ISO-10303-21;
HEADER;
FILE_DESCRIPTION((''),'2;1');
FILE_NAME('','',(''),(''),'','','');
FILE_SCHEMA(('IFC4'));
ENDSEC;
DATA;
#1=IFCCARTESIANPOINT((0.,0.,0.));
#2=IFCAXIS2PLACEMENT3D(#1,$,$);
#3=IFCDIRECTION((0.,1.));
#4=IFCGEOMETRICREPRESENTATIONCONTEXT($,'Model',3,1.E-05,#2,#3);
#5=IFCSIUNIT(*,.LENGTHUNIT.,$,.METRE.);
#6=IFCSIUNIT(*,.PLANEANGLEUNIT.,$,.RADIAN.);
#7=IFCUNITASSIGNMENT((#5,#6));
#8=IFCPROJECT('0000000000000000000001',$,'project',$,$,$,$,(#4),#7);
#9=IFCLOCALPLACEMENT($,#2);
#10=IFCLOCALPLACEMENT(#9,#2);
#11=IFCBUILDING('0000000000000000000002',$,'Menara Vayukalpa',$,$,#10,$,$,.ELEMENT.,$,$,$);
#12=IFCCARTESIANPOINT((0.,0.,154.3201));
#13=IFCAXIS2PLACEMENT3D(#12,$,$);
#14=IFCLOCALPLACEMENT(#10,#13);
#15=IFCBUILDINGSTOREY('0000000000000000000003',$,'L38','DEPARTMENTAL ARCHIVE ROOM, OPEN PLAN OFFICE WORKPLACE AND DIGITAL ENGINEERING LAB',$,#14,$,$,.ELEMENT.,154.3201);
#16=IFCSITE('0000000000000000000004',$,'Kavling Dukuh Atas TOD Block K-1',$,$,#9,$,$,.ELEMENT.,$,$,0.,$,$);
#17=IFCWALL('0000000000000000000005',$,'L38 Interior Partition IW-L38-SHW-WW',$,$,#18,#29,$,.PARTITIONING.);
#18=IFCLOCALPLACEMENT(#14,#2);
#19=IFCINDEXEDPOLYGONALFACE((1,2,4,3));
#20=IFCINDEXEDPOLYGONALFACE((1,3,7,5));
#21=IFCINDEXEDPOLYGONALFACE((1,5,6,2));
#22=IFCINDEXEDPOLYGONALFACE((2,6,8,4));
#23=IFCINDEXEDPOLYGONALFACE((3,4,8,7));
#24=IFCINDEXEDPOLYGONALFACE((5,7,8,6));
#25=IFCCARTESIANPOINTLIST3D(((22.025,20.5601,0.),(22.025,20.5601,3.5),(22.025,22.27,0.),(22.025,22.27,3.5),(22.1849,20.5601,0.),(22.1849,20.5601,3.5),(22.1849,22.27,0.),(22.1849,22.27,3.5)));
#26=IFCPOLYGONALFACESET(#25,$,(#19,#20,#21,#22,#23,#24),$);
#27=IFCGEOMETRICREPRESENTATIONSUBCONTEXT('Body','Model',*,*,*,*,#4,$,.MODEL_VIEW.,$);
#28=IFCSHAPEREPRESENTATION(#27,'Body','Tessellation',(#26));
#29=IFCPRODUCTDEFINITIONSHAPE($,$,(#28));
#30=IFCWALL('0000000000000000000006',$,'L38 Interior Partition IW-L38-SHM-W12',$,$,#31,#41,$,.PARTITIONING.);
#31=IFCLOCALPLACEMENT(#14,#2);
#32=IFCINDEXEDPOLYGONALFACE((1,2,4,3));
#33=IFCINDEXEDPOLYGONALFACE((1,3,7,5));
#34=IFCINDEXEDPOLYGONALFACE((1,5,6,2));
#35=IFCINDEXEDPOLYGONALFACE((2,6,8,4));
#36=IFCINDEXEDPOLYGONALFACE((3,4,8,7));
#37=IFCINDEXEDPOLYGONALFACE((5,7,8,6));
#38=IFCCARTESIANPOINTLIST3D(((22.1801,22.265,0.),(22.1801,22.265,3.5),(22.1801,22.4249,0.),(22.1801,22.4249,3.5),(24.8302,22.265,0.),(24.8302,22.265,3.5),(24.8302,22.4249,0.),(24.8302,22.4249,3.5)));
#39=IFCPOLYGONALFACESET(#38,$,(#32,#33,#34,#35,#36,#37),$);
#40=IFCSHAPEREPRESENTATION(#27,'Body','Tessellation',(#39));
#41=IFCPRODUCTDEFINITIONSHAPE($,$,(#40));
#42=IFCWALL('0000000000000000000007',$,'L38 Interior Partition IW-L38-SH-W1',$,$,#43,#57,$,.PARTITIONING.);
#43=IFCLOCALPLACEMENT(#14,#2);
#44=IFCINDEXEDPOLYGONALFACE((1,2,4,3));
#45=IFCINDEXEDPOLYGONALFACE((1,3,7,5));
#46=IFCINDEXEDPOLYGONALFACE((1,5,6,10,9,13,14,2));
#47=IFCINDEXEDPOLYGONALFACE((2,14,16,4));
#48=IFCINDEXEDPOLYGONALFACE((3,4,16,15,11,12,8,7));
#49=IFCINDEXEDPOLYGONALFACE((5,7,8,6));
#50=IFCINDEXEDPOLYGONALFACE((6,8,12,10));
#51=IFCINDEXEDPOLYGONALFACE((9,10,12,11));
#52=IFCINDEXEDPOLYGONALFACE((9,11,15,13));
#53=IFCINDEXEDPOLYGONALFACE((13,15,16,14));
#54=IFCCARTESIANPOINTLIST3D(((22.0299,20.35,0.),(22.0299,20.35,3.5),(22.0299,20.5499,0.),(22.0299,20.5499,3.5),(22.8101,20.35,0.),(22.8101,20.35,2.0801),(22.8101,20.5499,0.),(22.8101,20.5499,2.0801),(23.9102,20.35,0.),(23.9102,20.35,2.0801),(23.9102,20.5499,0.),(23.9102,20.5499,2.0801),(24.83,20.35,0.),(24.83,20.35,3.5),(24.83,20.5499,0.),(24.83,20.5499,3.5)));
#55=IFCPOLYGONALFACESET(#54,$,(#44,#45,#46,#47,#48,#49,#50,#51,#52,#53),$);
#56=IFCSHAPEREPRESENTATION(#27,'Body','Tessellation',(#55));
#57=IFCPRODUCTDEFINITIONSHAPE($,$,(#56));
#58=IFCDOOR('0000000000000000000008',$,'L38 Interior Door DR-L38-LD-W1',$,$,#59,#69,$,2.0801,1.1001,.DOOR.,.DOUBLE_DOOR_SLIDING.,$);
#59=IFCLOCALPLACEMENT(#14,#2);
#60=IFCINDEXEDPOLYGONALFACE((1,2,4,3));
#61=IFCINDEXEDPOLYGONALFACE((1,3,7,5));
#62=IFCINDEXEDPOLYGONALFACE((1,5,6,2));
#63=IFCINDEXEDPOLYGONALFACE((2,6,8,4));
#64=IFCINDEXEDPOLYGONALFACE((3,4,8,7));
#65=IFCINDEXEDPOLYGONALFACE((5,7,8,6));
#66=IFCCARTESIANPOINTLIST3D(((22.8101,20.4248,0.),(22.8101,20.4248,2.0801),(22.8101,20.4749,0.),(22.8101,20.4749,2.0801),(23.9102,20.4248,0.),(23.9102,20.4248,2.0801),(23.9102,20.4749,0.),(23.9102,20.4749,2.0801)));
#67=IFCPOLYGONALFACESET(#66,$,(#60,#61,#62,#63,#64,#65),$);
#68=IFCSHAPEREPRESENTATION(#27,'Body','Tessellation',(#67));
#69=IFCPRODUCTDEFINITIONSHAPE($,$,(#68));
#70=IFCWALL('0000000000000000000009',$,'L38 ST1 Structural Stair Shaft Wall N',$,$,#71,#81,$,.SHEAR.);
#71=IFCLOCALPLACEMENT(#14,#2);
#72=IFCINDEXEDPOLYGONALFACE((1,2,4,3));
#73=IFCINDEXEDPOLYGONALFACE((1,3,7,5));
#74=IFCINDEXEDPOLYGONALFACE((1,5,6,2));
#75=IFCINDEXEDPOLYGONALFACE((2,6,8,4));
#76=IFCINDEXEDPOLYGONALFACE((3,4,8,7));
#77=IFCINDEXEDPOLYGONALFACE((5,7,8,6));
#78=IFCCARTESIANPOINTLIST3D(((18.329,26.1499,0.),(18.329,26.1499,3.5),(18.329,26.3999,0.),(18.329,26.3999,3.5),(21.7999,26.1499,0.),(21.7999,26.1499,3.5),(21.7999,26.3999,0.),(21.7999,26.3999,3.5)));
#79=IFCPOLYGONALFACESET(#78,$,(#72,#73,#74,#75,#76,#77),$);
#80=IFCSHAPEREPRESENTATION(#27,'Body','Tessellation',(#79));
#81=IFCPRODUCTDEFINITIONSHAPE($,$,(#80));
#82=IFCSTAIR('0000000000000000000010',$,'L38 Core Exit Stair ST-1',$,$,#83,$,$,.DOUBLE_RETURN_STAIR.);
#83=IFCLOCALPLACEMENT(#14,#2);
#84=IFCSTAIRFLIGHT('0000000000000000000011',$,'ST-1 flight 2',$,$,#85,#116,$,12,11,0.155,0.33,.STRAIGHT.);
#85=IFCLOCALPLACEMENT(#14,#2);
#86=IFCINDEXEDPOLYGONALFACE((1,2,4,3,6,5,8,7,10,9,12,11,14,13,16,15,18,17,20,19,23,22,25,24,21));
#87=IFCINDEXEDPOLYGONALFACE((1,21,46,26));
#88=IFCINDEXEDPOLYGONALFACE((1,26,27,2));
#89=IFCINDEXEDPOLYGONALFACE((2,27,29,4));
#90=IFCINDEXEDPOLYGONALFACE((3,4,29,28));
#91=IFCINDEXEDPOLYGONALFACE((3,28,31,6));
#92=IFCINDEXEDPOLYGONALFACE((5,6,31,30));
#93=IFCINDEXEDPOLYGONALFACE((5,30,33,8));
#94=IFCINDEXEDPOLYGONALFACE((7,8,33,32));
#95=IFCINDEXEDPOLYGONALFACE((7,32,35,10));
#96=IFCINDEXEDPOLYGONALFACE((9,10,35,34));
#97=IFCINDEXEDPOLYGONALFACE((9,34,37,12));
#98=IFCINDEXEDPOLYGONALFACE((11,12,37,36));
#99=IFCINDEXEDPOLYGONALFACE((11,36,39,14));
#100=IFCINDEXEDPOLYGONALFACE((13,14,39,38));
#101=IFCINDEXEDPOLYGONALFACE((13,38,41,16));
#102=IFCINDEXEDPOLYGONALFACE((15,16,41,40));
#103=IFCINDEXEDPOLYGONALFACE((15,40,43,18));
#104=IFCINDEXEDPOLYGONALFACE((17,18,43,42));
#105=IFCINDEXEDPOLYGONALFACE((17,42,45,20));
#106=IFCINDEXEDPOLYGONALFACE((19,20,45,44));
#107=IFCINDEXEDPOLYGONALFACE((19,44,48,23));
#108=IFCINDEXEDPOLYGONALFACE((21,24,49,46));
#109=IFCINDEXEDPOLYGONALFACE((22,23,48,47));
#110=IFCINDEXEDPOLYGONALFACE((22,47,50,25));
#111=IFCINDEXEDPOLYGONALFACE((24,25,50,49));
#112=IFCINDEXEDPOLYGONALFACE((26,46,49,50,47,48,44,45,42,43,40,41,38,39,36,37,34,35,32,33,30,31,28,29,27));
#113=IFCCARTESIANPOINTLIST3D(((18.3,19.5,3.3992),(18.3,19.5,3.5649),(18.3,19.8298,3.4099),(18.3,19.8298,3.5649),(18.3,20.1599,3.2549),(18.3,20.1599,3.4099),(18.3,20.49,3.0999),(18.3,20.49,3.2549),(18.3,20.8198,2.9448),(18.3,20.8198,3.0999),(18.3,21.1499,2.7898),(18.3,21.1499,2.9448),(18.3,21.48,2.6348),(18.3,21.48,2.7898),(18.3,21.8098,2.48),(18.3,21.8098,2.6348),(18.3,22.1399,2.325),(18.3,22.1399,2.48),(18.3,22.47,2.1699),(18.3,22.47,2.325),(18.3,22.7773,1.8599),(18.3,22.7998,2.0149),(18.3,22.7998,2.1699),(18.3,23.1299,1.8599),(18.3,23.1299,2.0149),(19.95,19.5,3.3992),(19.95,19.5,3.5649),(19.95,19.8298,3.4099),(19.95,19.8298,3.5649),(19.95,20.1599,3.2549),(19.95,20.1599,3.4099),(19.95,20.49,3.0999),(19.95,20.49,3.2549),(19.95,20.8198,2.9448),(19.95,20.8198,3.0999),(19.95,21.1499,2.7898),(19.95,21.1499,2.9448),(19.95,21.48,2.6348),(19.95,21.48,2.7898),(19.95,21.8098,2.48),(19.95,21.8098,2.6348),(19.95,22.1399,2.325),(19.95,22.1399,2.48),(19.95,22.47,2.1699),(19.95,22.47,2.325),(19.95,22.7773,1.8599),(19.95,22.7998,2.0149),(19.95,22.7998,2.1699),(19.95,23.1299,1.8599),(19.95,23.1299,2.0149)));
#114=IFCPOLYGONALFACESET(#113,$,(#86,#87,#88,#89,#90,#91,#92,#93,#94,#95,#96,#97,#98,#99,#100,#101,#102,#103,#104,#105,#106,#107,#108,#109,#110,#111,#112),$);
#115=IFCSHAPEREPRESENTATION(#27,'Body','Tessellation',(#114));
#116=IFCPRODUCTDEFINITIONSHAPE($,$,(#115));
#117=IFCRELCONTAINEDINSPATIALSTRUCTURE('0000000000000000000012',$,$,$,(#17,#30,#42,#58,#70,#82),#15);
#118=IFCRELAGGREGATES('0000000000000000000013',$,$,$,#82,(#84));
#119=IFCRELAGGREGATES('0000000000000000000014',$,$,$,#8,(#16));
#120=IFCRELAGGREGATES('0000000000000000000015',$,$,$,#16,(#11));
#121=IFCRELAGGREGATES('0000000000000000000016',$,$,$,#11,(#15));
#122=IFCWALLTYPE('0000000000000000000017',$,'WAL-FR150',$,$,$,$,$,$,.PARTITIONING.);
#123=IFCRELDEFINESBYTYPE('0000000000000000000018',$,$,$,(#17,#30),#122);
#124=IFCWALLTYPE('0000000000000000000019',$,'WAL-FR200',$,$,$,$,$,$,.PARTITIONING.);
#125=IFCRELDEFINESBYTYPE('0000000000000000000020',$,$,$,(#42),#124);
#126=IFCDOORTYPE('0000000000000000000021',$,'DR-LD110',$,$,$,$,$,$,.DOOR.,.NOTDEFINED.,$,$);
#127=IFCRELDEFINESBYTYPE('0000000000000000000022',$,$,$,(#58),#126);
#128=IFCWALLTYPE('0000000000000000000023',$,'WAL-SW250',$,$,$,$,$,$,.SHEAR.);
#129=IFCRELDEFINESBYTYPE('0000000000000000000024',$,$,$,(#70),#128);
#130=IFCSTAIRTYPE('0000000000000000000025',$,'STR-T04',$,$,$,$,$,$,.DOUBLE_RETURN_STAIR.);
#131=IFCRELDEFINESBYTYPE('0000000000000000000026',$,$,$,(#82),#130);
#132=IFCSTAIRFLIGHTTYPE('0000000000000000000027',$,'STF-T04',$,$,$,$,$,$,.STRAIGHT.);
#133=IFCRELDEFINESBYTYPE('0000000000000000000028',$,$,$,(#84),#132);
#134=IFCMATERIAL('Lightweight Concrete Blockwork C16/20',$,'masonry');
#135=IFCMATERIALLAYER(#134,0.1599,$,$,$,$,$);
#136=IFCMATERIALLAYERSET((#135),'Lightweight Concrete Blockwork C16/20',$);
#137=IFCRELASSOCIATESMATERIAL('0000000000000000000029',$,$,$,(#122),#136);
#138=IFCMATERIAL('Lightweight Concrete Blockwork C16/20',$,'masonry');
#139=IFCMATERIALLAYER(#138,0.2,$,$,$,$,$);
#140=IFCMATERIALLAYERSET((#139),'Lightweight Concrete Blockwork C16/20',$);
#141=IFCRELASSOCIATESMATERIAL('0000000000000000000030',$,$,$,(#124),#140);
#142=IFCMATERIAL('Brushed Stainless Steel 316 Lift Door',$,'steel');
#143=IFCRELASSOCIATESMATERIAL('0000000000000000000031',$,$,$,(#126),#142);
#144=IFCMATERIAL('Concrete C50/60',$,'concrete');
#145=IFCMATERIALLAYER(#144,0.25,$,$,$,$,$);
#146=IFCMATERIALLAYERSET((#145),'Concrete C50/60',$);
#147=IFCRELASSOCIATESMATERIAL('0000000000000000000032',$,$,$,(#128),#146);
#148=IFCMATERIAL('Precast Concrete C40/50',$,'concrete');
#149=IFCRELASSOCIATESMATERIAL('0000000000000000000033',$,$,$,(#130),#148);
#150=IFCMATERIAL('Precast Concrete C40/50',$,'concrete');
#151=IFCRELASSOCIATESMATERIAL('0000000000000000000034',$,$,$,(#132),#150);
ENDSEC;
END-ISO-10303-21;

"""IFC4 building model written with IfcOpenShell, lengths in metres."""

from ifc_helpers import new_model, si_unit, direction, frame, frame_2d, origin, place, context, subcontext, project, spatial, polyline, rectangle, outline, extrude, material, layer, layer_set, type_object, element, fill, aggregate, save


model = new_model("IFC4")

# Units and contexts
model_context = context("Model", 3, precision=1e-05, world=origin(), true_north=direction((0.0, 1.0)))
body_context = subcontext(model_context, "Body", "Model", "MODEL_VIEW")
ifc_project = project(units=[si_unit("LENGTHUNIT", "METRE"), si_unit("PLANEANGLEUNIT", "RADIAN")], contexts=[model_context])

# Site, building, storey
site_placement = place(None, origin())
site = spatial("IfcSite", under=ifc_project, at=site_placement, Name="Kavling Dukuh Atas TOD Block K-1", CompositionType="ELEMENT", RefElevation=0.0)
building_placement = place(site_placement, origin())
building = spatial("IfcBuilding", under=site, at=building_placement, Name="Menara Vayukalpa", CompositionType="ELEMENT")
storey_placement = place(building_placement, frame((0.0, 0.0, 154.3201)))
storey = spatial("IfcBuildingStorey", under=building, at=storey_placement, Name="L38", Description="DEPARTMENTAL ARCHIVE ROOM, OPEN PLAN OFFICE WORKPLACE AND DIGITAL ENGINEERING LAB", CompositionType="ELEMENT", Elevation=154.3201)

# Walls
ifc_material_1 = material(Name="Lightweight Concrete Blockwork C16/20", Category="masonry")
ifc_layer_1 = layer(ifc_material_1, 0.1599)
ifc_layer_set_1 = layer_set([ifc_layer_1], Name="Lightweight Concrete Blockwork C16/20")
wall_type_1 = type_object("IfcWallType", Name="WAL-FR150", PredefinedType="PARTITIONING", material=ifc_layer_set_1)
wall_1_placement = place(storey_placement, frame((22.105, 20.5601, 0.0), z_axis=(0.0, 0.0, 1.0), x_axis=(0.0, 1.0, 0.0)))
element("IfcWall", 1, at=wall_1_placement, inside=storey, type_object=wall_type_1, Name="L38 Interior Partition IW-L38-SHW-WW", PredefinedType="PARTITIONING", context=body_context, shape_type="SweptSolid", body=[
    extrude(rectangle(XDim=1.71, YDim=0.1599, at=frame_2d((0.855, 0.0))), origin(), (0.0, 0.0, 1.0), 3.5),
])
wall_2_placement = place(storey_placement, frame((22.1799, 22.345, 0.0), z_axis=(0.0, 0.0, 1.0), x_axis=(1.0, 0.0, 0.0)))
element("IfcWall", 2, at=wall_2_placement, inside=storey, type_object=wall_type_1, Name="L38 Interior Partition IW-L38-SHM-W12", PredefinedType="PARTITIONING", context=body_context, shape_type="SweptSolid", body=[
    extrude(rectangle(XDim=2.6501, YDim=0.1599, at=frame_2d((1.3252, 0.0))), origin(), (0.0, 0.0, 1.0), 3.5),
])

# Wall, opening, door
ifc_material_2 = material(Name="Lightweight Concrete Blockwork C16/20", Category="masonry")
ifc_layer_2 = layer(ifc_material_2, 0.2)
ifc_layer_set_2 = layer_set([ifc_layer_2], Name="Lightweight Concrete Blockwork C16/20")
wall_type_2 = type_object("IfcWallType", Name="WAL-FR200", PredefinedType="PARTITIONING", material=ifc_layer_set_2)
wall_3_placement = place(storey_placement, frame((22.03, 20.45, 0.0), z_axis=(0.0, 0.0, 1.0), x_axis=(1.0, 0.0, 0.0)))
wall_3 = element("IfcWall", 3, at=wall_3_placement, inside=storey, type_object=wall_type_2, Name="L38 Interior Partition IW-L38-SH-W1", PredefinedType="PARTITIONING", context=body_context, shape_type="SweptSolid", body=[
    extrude(rectangle(XDim=2.8, YDim=0.2, at=frame_2d((1.3999, 0.0))), origin(), (0.0, 0.0, 1.0), 3.5),
])
opening_placement = place(wall_3_placement, frame((0.78, 0.0, 0.0)))
opening = element("IfcOpeningElement", 4, at=opening_placement, cuts=wall_3, PredefinedType="OPENING", context=body_context, shape_type="SweptSolid", body=[
    extrude(rectangle(XDim=1.1001, YDim=2.0801, at=frame_2d((0.55, 1.04))), frame((0.0, 0.1099, 0.0), z_axis=(0.0, -1.0, 0.0), x_axis=(1.0, 0.0, 0.0)), (0.0, 0.0, 1.0), 0.22),
])
ifc_material_3 = material(Name="Brushed Stainless Steel 316 Lift Door", Category="steel")
door_type = type_object("IfcDoorType", Name="DR-LD110", OperationType="NOTDEFINED", PredefinedType="DOOR", material=ifc_material_3)
door_placement = place(opening_placement, origin())
door = element("IfcDoor", 5, at=door_placement, inside=storey, type_object=door_type, Name="L38 Interior Door DR-L38-LD-W1", OperationType="DOUBLE_DOOR_SLIDING", OverallHeight=2.0801, OverallWidth=1.1001, PredefinedType="DOOR", context=body_context, shape_type="SweptSolid", body=[
    extrude(rectangle(XDim=1.1001, YDim=2.0801, at=frame_2d((0.55, 1.04))), frame((0.0, 0.0249, 0.0), z_axis=(0.0, -1.0, 0.0), x_axis=(1.0, 0.0, 0.0)), (0.0, 0.0, 1.0), 0.05),
])
fill(opening, door)

# Wall
ifc_material_4 = material(Name="Concrete C50/60", Category="concrete")
ifc_layer_3 = layer(ifc_material_4, 0.25)
ifc_layer_set_3 = layer_set([ifc_layer_3], Name="Concrete C50/60")
wall_type_3 = type_object("IfcWallType", Name="WAL-SW250", PredefinedType="SHEAR", material=ifc_layer_set_3)
wall_4_placement = place(storey_placement, frame((18.3291, 26.2749, 0.0), z_axis=(0.0, 0.0, 1.0), x_axis=(1.0, 0.0, 0.0)))
element("IfcWall", 6, at=wall_4_placement, inside=storey, type_object=wall_type_3, Name="L38 ST1 Structural Stair Shaft Wall N", PredefinedType="SHEAR", context=body_context, shape_type="SweptSolid", body=[
    extrude(rectangle(XDim=3.4709, YDim=0.25, at=frame_2d((1.7354, 0.0))), origin(), (0.0, 0.0, 1.0), 3.5),
])

# Stair, stair flight
ifc_material_5 = material(Name="Precast Concrete C40/50", Category="concrete")
stair_type = type_object("IfcStairType", Name="STR-T04", PredefinedType="DOUBLE_RETURN_STAIR", material=ifc_material_5)
stair_placement = place(storey_placement, origin())
stair = element("IfcStair", 7, at=stair_placement, inside=storey, type_object=stair_type, Name="L38 Core Exit Stair ST-1", PredefinedType="DOUBLE_RETURN_STAIR")
ifc_material_6 = material(Name="Precast Concrete C40/50", Category="concrete")
stair_flight_type = type_object("IfcStairFlightType", Name="STF-T04", PredefinedType="STRAIGHT", material=ifc_material_6)
stair_flight_placement = place(storey_placement, frame((19.125, 23.1299, 1.8599), z_axis=(0.0, 0.0, 1.0), x_axis=(0.0, -1.0, 0.0)))
stair_flight = element("IfcStairFlight", 8, at=stair_flight_placement, type_object=stair_flight_type, Name="ST-1 flight 2", NumberOfRisers=12, NumberOfTreads=11, PredefinedType="STRAIGHT", RiserHeight=0.155, TreadLength=0.33, context=body_context, shape_type="SweptSolid", body=[
    extrude(outline(polyline([(0.0, 0.0), (0.0, 0.155), (0.3301, 0.155), (0.3301, 0.3101), (0.6599, 0.3101), (0.6599, 0.4651), (0.99, 0.4651), (0.99, 0.6201), (1.3201, 0.6201), (1.3201, 0.7749), (1.6499, 0.7749), (1.6499, 0.9299), (1.98, 0.9299), (1.98, 1.085), (2.3101, 1.085), (2.3101, 1.24), (2.6399, 1.24), (2.6399, 1.395), (2.97, 1.395), (2.97, 1.55), (3.3, 1.55), (3.3, 1.7051), (3.6299, 1.7051), (3.6299, 1.8601), (3.6299, 1.5393), (0.3525, 0.0), (0.0, 0.0)])), frame((0.0, 0.825, 0.0), z_axis=(0.0, -1.0, 0.0), x_axis=(1.0, 0.0, 0.0)), (0.0, 0.0, 1.0), 1.6499),
])
aggregate(stair, [stair_flight])

save(model, "model.ifc")
